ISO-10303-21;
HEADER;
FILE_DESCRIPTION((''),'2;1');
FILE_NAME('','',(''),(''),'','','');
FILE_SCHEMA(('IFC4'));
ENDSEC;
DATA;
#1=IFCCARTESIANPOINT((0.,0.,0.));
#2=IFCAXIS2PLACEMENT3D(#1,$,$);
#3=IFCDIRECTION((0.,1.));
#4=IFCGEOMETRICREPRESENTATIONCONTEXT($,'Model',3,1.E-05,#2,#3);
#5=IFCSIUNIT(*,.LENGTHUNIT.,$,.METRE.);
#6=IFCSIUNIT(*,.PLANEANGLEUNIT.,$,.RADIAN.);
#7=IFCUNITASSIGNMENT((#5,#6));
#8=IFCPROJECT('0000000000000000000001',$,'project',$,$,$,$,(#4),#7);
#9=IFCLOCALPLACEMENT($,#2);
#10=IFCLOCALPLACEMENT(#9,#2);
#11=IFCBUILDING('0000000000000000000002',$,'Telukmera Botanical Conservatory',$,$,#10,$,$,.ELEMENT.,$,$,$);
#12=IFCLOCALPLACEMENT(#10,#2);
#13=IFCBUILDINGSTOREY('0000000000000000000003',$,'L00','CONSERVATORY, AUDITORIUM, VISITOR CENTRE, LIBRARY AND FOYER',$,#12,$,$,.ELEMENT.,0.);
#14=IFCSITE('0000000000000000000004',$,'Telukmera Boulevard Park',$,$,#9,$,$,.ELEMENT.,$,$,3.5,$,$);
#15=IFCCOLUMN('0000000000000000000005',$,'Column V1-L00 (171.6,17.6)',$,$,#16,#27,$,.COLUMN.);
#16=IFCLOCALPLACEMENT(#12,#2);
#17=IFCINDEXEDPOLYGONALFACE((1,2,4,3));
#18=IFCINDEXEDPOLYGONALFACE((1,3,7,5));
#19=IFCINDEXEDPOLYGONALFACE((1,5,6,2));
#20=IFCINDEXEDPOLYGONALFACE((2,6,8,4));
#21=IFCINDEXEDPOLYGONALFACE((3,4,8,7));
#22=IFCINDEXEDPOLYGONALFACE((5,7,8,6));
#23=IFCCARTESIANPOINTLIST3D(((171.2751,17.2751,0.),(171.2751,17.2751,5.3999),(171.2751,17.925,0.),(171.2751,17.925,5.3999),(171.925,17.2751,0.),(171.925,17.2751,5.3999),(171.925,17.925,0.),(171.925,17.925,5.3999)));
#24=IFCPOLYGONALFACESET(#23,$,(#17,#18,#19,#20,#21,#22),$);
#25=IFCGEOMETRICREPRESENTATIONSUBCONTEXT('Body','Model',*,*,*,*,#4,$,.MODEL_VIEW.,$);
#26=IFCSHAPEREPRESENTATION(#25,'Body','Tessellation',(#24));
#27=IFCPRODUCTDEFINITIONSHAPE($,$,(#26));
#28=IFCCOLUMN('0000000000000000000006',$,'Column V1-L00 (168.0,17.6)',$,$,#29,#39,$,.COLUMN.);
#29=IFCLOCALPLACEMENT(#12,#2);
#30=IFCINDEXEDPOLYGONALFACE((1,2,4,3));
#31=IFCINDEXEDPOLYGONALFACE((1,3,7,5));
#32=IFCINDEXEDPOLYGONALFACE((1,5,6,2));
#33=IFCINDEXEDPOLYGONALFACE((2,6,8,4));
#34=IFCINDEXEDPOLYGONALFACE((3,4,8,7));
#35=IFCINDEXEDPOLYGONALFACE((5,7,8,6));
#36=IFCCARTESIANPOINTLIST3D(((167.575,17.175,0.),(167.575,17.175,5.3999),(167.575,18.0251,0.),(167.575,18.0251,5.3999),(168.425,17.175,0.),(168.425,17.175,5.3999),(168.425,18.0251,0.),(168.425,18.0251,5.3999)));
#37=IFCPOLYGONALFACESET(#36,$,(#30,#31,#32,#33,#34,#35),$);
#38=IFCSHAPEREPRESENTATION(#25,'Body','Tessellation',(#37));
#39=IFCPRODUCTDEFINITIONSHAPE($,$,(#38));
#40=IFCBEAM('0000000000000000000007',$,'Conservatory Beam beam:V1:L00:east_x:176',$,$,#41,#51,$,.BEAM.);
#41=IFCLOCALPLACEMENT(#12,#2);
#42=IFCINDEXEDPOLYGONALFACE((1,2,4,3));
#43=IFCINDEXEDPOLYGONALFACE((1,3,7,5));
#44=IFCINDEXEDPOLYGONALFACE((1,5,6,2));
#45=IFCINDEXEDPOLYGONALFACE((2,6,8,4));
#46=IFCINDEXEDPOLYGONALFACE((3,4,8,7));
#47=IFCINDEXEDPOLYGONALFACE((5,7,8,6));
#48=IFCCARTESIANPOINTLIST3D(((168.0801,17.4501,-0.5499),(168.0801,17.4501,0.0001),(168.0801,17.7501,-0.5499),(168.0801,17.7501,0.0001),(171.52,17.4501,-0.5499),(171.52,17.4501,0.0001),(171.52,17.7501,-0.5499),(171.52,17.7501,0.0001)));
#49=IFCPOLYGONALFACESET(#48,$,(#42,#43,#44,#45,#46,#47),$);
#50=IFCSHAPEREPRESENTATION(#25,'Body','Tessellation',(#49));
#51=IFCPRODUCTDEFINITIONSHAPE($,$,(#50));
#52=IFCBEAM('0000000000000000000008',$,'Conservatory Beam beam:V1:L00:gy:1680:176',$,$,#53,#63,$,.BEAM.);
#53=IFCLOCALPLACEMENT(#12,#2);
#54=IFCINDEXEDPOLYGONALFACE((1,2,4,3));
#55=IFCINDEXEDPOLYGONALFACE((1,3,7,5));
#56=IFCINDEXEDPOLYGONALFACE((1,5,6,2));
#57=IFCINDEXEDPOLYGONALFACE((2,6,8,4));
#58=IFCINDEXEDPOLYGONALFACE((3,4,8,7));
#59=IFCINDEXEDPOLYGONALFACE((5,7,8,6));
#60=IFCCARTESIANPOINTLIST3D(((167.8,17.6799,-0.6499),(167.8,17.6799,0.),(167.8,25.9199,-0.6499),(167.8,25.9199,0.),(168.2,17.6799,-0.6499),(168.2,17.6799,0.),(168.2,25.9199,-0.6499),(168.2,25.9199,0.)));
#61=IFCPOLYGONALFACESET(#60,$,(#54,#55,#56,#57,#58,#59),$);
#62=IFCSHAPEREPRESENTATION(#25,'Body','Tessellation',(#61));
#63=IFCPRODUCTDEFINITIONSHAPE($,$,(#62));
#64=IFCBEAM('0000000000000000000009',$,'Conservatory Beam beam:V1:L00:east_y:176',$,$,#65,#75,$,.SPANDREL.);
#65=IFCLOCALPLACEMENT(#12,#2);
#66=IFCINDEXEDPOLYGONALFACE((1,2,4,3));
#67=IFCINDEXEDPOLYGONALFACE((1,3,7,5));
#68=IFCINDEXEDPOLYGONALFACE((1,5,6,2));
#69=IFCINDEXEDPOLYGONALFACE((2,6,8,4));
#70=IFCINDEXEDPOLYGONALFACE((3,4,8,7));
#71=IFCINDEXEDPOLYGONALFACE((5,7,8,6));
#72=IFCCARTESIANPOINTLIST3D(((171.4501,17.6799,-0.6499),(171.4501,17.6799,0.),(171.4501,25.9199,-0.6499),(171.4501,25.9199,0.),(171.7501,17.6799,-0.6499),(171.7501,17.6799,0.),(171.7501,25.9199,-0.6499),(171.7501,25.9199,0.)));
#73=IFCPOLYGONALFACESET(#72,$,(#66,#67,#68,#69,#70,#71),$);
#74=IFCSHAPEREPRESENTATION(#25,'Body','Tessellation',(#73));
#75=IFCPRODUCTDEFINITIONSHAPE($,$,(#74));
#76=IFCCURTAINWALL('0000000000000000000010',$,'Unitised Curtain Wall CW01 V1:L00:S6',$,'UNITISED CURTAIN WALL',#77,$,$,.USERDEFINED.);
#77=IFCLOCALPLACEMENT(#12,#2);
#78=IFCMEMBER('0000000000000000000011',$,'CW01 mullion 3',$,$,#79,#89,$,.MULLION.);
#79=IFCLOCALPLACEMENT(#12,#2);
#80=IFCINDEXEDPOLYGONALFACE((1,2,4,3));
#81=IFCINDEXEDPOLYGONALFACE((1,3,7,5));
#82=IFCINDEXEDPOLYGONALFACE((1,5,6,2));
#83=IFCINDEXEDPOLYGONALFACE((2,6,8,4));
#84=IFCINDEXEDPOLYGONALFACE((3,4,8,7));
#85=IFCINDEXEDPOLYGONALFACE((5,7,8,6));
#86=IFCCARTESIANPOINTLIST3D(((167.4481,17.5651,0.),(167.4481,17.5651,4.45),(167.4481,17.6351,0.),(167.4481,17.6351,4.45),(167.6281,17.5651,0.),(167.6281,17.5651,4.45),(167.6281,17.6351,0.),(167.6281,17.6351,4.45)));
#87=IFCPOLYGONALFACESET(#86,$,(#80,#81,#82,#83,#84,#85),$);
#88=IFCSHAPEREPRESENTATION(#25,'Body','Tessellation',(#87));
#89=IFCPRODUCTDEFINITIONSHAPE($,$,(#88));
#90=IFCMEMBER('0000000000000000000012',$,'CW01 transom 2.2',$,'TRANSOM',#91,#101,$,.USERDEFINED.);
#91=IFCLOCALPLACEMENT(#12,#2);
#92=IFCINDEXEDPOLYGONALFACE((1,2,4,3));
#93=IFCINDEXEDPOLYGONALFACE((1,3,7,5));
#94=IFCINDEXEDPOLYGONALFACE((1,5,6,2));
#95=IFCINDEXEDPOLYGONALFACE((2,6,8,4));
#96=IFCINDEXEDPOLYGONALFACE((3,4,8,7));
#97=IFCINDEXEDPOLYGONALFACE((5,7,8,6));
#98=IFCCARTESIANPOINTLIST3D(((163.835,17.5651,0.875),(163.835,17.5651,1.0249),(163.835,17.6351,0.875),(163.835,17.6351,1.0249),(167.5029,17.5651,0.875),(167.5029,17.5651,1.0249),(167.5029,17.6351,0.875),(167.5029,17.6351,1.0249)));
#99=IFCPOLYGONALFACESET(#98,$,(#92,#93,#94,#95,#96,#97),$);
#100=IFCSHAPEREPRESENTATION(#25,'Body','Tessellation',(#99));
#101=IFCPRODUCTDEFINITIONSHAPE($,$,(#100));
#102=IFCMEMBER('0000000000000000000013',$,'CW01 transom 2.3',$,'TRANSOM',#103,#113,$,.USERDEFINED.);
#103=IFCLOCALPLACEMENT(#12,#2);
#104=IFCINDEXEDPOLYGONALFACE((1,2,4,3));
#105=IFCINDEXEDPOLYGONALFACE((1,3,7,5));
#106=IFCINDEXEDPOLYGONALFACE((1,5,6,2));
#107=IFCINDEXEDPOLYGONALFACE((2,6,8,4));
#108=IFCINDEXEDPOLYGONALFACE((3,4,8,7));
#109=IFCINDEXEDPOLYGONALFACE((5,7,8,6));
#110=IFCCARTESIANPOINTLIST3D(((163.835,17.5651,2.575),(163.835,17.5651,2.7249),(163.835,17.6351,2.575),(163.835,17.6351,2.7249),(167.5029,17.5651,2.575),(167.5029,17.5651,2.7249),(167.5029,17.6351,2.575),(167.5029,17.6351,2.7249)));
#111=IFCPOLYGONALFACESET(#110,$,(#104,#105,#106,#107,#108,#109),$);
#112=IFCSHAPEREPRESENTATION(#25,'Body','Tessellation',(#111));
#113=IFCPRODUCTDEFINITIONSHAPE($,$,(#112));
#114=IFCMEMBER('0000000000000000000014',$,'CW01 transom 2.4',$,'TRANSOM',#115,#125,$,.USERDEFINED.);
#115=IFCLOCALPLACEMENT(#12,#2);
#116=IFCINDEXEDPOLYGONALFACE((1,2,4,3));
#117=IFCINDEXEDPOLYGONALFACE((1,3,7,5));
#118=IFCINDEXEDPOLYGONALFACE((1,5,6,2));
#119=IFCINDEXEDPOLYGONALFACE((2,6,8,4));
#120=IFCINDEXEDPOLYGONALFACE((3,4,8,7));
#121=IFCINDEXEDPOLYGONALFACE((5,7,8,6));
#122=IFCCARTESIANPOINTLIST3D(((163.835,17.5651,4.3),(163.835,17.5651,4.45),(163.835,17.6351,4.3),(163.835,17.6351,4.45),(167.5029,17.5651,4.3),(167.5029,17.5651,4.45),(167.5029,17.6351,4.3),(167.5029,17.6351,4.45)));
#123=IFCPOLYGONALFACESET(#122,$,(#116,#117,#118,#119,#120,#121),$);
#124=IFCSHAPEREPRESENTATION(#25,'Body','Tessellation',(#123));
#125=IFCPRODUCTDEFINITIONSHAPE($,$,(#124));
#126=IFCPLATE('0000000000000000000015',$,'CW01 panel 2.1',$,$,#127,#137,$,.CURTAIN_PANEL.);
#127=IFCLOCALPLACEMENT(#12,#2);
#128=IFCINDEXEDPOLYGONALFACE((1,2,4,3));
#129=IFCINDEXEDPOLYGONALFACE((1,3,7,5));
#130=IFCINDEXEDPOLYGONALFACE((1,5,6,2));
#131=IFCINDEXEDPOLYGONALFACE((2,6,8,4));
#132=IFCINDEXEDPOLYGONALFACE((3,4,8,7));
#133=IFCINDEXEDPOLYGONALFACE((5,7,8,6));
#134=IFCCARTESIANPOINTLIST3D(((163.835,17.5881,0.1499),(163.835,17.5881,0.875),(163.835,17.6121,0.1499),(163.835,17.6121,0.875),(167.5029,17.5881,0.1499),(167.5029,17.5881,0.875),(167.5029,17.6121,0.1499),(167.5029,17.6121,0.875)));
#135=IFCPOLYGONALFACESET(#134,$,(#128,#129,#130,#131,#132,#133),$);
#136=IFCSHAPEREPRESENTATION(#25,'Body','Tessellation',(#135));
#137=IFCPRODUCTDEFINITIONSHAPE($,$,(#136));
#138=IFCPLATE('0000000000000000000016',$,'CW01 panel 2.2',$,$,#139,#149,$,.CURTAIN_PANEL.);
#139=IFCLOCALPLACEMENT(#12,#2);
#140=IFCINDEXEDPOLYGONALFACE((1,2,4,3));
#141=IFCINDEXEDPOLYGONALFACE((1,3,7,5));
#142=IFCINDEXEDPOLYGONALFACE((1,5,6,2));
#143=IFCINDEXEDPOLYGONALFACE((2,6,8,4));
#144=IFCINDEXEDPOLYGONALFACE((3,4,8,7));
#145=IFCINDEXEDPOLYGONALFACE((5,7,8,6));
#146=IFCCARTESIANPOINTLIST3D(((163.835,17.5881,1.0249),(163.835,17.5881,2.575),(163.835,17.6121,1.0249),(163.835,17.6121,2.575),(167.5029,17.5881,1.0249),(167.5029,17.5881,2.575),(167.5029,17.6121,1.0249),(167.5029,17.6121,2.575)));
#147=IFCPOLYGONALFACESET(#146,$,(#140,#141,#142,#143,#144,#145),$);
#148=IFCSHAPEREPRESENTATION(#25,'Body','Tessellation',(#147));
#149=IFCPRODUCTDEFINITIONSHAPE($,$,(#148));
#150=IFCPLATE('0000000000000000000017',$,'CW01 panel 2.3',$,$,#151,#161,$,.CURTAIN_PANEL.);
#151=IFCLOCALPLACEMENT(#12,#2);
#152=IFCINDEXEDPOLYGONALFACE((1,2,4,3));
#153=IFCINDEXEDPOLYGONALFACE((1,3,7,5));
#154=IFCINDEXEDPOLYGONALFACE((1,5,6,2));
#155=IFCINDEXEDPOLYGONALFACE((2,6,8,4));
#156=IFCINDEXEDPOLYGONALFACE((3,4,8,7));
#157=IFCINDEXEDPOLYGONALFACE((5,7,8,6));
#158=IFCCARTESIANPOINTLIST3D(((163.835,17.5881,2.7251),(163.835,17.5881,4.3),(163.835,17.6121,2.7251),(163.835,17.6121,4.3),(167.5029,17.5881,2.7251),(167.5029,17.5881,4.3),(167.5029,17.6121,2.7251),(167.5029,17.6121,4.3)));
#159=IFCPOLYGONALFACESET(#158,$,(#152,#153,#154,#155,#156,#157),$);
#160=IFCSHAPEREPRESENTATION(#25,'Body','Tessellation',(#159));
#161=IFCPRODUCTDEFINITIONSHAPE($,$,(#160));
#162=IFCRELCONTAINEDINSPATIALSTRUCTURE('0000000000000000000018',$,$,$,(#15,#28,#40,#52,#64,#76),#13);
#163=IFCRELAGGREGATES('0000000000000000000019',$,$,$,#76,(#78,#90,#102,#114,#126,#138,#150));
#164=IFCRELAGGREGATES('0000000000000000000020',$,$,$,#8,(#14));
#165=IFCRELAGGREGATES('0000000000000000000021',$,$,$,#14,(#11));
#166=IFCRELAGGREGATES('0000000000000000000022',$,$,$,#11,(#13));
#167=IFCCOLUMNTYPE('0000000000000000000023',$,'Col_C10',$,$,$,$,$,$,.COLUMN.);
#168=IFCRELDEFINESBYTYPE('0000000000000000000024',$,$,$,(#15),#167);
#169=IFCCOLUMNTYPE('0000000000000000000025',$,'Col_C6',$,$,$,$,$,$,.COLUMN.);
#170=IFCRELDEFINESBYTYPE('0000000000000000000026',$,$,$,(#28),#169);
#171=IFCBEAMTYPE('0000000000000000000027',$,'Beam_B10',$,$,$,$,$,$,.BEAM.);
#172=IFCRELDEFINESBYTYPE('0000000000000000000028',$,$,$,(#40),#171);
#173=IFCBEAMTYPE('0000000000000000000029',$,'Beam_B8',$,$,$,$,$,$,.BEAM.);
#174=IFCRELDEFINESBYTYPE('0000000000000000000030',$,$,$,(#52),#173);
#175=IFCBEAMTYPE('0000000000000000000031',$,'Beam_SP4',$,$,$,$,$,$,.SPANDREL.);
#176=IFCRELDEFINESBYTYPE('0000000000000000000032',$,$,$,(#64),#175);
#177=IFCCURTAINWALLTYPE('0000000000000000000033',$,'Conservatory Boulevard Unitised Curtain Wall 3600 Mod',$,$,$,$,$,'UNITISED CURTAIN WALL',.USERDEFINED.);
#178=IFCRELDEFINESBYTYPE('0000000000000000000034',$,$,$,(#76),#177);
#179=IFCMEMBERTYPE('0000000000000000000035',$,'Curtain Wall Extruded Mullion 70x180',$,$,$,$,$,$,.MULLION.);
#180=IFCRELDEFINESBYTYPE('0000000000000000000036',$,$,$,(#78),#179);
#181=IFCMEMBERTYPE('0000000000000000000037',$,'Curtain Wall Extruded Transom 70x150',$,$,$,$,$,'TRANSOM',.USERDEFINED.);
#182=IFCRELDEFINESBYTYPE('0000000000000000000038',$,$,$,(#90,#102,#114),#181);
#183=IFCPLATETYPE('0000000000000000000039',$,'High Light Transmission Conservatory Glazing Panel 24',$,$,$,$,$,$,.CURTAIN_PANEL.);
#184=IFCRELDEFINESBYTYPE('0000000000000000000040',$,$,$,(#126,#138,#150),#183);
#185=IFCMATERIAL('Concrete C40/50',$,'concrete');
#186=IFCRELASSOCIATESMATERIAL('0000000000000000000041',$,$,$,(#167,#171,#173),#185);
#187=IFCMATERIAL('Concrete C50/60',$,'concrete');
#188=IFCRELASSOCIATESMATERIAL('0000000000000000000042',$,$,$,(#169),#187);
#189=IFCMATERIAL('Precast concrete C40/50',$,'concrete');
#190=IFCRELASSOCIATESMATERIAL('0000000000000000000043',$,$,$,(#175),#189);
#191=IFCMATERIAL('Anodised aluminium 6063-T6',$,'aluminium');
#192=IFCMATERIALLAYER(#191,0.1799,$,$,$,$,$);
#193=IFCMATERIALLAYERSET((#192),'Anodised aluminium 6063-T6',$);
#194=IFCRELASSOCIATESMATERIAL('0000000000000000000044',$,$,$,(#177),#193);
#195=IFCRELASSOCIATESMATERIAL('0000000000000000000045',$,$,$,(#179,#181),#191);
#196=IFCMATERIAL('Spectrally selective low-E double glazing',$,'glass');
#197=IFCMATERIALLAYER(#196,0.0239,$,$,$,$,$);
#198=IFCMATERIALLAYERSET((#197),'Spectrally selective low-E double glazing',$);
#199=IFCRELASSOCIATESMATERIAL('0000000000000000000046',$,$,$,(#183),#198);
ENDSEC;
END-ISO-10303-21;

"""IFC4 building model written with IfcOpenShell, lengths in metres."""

from ifc_helpers import new_model, si_unit, direction, frame, origin, origin_2d, place, context, subcontext, project, spatial, rectangle, extrude, material, layer, layer_set, material_profile, profile_set, type_object, element, aggregate, save


model = new_model("IFC4")

# Units and contexts
model_context = context("Model", 3, precision=1e-05, world=origin(), true_north=direction((0.0, 1.0)))
body_context = subcontext(model_context, "Body", "Model", "MODEL_VIEW")
ifc_project = project(units=[si_unit("LENGTHUNIT", "METRE"), si_unit("PLANEANGLEUNIT", "RADIAN")], contexts=[model_context])

# Site, building, storey
site_placement = place(None, origin())
site = spatial("IfcSite", under=ifc_project, at=site_placement, Name="Telukmera Boulevard Park", CompositionType="ELEMENT", RefElevation=3.5)
building_placement = place(site_placement, origin())
building = spatial("IfcBuilding", under=site, at=building_placement, Name="Telukmera Botanical Conservatory", CompositionType="ELEMENT")
storey_placement = place(building_placement, origin())
storey = spatial("IfcBuildingStorey", under=building, at=storey_placement, Name="L00", Description="CONSERVATORY, AUDITORIUM, VISITOR CENTRE, LIBRARY AND FOYER", CompositionType="ELEMENT", Elevation=0.0)

# Columns
ifc_material_1 = material(Name="Concrete C40/50", Category="concrete")
ifc_material_profile_1 = material_profile(ifc_material_1, rectangle(XDim=0.6499, YDim=0.6499, at=origin_2d()), Name="RC 650x650")
ifc_profile_set_1 = profile_set([ifc_material_profile_1], Name="Concrete C40/50")
column_type_1 = type_object("IfcColumnType", Name="Col_C10", PredefinedType="COLUMN", material=ifc_profile_set_1)
column_1_placement = place(storey_placement, frame((171.6001, 17.6001, 0.0), z_axis=(0.0, 0.0, 1.0), x_axis=(1.0, 0.0, 0.0)))
element("IfcColumn", 1, at=column_1_placement, inside=storey, type_object=column_type_1, Name="Column V1-L00 (171.6,17.6)", PredefinedType="COLUMN", context=body_context, shape_type="SweptSolid", body=[
    extrude(rectangle(XDim=0.6499, YDim=0.6499, at=origin_2d()), origin(), (0.0, 0.0, 1.0), 5.3999),
])
ifc_material_2 = material(Name="Concrete C50/60", Category="concrete")
ifc_material_profile_2 = material_profile(ifc_material_2, rectangle(XDim=0.8501, YDim=0.8501, at=origin_2d()), Name="RC 850x850")
ifc_profile_set_2 = profile_set([ifc_material_profile_2], Name="Concrete C50/60")
column_type_2 = type_object("IfcColumnType", Name="Col_C6", PredefinedType="COLUMN", material=ifc_profile_set_2)
column_2_placement = place(storey_placement, frame((168.0, 17.6001, 0.0), z_axis=(0.0, 0.0, 1.0), x_axis=(1.0, 0.0, 0.0)))
element("IfcColumn", 2, at=column_2_placement, inside=storey, type_object=column_type_2, Name="Column V1-L00 (168.0,17.6)", PredefinedType="COLUMN", context=body_context, shape_type="SweptSolid", body=[
    extrude(rectangle(XDim=0.8501, YDim=0.8501, at=origin_2d()), origin(), (0.0, 0.0, 1.0), 5.3999),
])

# Beams
ifc_material_profile_3 = material_profile(ifc_material_1, rectangle(XDim=0.3, YDim=0.55, at=origin_2d()), Name="RC 300x550")
ifc_profile_set_3 = profile_set([ifc_material_profile_3], Name="Concrete C40/50")
beam_type_1 = type_object("IfcBeamType", Name="Beam_B10", PredefinedType="BEAM", material=ifc_profile_set_3)
beam_1_placement = place(storey_placement, frame((168.0801, 17.6001, -0.2749), z_axis=(1.0, 0.0, 0.0), x_axis=(0.0, 1.0, 0.0)))
element("IfcBeam", 3, at=beam_1_placement, inside=storey, type_object=beam_type_1, Name="Conservatory Beam beam:V1:L00:east_x:176", PredefinedType="BEAM", context=body_context, shape_type="SweptSolid", body=[
    extrude(rectangle(XDim=0.3, YDim=0.55, at=origin_2d()), origin(), (0.0, 0.0, 1.0), 3.4399),
])
ifc_material_profile_4 = material_profile(ifc_material_1, rectangle(XDim=0.3999, YDim=0.6499, at=origin_2d()), Name="RC 400x650")
ifc_profile_set_4 = profile_set([ifc_material_profile_4], Name="Concrete C40/50")
beam_type_2 = type_object("IfcBeamType", Name="Beam_B8", PredefinedType="BEAM", material=ifc_profile_set_4)
beam_2_placement = place(storey_placement, frame((168.0, 17.6799, -0.325), z_axis=(0.0, 1.0, 0.0), x_axis=(-1.0, 0.0, 0.0)))
element("IfcBeam", 4, at=beam_2_placement, inside=storey, type_object=beam_type_2, Name="Conservatory Beam beam:V1:L00:gy:1680:176", PredefinedType="BEAM", context=body_context, shape_type="SweptSolid", body=[
    extrude(rectangle(XDim=0.3999, YDim=0.6499, at=origin_2d()), origin(), (0.0, 0.0, 1.0), 8.24),
])
ifc_material_3 = material(Name="Precast concrete C40/50", Category="concrete")
ifc_material_profile_5 = material_profile(ifc_material_3, rectangle(XDim=0.3, YDim=0.6499, at=origin_2d()), Name="PC 300x650")
ifc_profile_set_5 = profile_set([ifc_material_profile_5], Name="Precast concrete C40/50")
beam_type_3 = type_object("IfcBeamType", Name="Beam_SP4", PredefinedType="SPANDREL", material=ifc_profile_set_5)
beam_3_placement = place(storey_placement, frame((171.6001, 17.6799, -0.325), z_axis=(0.0, 1.0, 0.0), x_axis=(-1.0, 0.0, 0.0)))
element("IfcBeam", 5, at=beam_3_placement, inside=storey, type_object=beam_type_3, Name="Conservatory Beam beam:V1:L00:east_y:176", PredefinedType="SPANDREL", context=body_context, shape_type="SweptSolid", body=[
    extrude(rectangle(XDim=0.3, YDim=0.6499, at=origin_2d()), origin(), (0.0, 0.0, 1.0), 8.24),
])

# Curtain wall, members, plates
ifc_material_4 = material(Name="Anodised aluminium 6063-T6", Category="aluminium")
ifc_layer_1 = layer(ifc_material_4, 0.1799)
ifc_layer_set_1 = layer_set([ifc_layer_1], Name="Anodised aluminium 6063-T6")
curtain_wall_type = type_object("IfcCurtainWallType", Name="Conservatory Boulevard Unitised Curtain Wall 3600 Mod", ElementType="UNITISED CURTAIN WALL", PredefinedType="USERDEFINED", material=ifc_layer_set_1)
curtain_wall_placement = place(storey_placement, origin())
curtain_wall = element("IfcCurtainWall", 6, at=curtain_wall_placement, inside=storey, type_object=curtain_wall_type, Name="Unitised Curtain Wall CW01 V1:L00:S6", ObjectType="UNITISED CURTAIN WALL", PredefinedType="USERDEFINED")
ifc_material_profile_6 = material_profile(ifc_material_4, rectangle(XDim=0.0701, YDim=0.1799, at=origin_2d()), Name="ALU MULL 70x180")
ifc_profile_set_6 = profile_set([ifc_material_profile_6], Name="Anodised aluminium 6063-T6")
member_type_1 = type_object("IfcMemberType", Name="Curtain Wall Extruded Mullion 70x180", PredefinedType="MULLION", material=ifc_profile_set_6)
member_1_placement = place(storey_placement, frame((167.5381, 17.6001, 0.0), z_axis=(0.0, 0.0, 1.0), x_axis=(0.0, 1.0, 0.0)))
member_1 = element("IfcMember", 7, at=member_1_placement, type_object=member_type_1, Name="CW01 mullion 3", PredefinedType="MULLION", context=body_context, shape_type="SweptSolid", body=[
    extrude(rectangle(XDim=0.0701, YDim=0.1799, at=origin_2d()), origin(), (0.0, 0.0, 1.0), 4.45),
])
ifc_material_profile_7 = material_profile(ifc_material_4, rectangle(XDim=0.0701, YDim=0.1499, at=origin_2d()), Name="ALU TRAN 70x150")
ifc_profile_set_7 = profile_set([ifc_material_profile_7], Name="Anodised aluminium 6063-T6")
member_type_2 = type_object("IfcMemberType", Name="Curtain Wall Extruded Transom 70x150", ElementType="TRANSOM", PredefinedType="USERDEFINED", material=ifc_profile_set_7)
member_2_placement = place(storey_placement, frame((163.835, 17.6001, 0.95), z_axis=(1.0, 0.0, 0.0), x_axis=(0.0, 1.0, 0.0)))
member_2 = element("IfcMember", 8, at=member_2_placement, type_object=member_type_2, Name="CW01 transom 2.2", ObjectType="TRANSOM", PredefinedType="USERDEFINED", context=body_context, shape_type="SweptSolid", body=[
    extrude(rectangle(XDim=0.0701, YDim=0.1499, at=origin_2d()), origin(), (0.0, 0.0, 1.0), 3.668),
])
member_3_placement = place(storey_placement, frame((163.835, 17.6001, 2.6499), z_axis=(1.0, 0.0, 0.0), x_axis=(0.0, 1.0, 0.0)))
member_3 = element("IfcMember", 9, at=member_3_placement, type_object=member_type_2, Name="CW01 transom 2.3", ObjectType="TRANSOM", PredefinedType="USERDEFINED", context=body_context, shape_type="SweptSolid", body=[
    extrude(rectangle(XDim=0.0701, YDim=0.1499, at=origin_2d()), origin(), (0.0, 0.0, 1.0), 3.668),
])
member_4_placement = place(storey_placement, frame((163.835, 17.6001, 4.375), z_axis=(1.0, 0.0, 0.0), x_axis=(0.0, 1.0, 0.0)))
member_4 = element("IfcMember", 10, at=member_4_placement, type_object=member_type_2, Name="CW01 transom 2.4", ObjectType="TRANSOM", PredefinedType="USERDEFINED", context=body_context, shape_type="SweptSolid", body=[
    extrude(rectangle(XDim=0.0701, YDim=0.1499, at=origin_2d()), origin(), (0.0, 0.0, 1.0), 3.668),
])
ifc_material_5 = material(Name="Spectrally selective low-E double glazing", Category="glass")
ifc_layer_2 = layer(ifc_material_5, 0.0239)
ifc_layer_set_2 = layer_set([ifc_layer_2], Name="Spectrally selective low-E double glazing")
plate_type = type_object("IfcPlateType", Name="High Light Transmission Conservatory Glazing Panel 24", PredefinedType="CURTAIN_PANEL", material=ifc_layer_set_2)
plate_1_placement = place(storey_placement, frame((165.6689, 17.6001, 0.1499), z_axis=(0.0, 0.0, 1.0), x_axis=(1.0, 0.0, 0.0)))
plate_1 = element("IfcPlate", 11, at=plate_1_placement, type_object=plate_type, Name="CW01 panel 2.1", PredefinedType="CURTAIN_PANEL", context=body_context, shape_type="SweptSolid", body=[
    extrude(rectangle(XDim=3.668, YDim=0.0239, at=origin_2d()), origin(), (0.0, 0.0, 1.0), 0.7251),
])
plate_2_placement = place(storey_placement, frame((165.6689, 17.6001, 1.0249), z_axis=(0.0, 0.0, 1.0), x_axis=(1.0, 0.0, 0.0)))
plate_2 = element("IfcPlate", 12, at=plate_2_placement, type_object=plate_type, Name="CW01 panel 2.2", PredefinedType="CURTAIN_PANEL", context=body_context, shape_type="SweptSolid", body=[
    extrude(rectangle(XDim=3.668, YDim=0.0239, at=origin_2d()), origin(), (0.0, 0.0, 1.0), 1.55),
])
plate_3_placement = place(storey_placement, frame((165.6689, 17.6001, 2.7251), z_axis=(0.0, 0.0, 1.0), x_axis=(1.0, 0.0, 0.0)))
plate_3 = element("IfcPlate", 13, at=plate_3_placement, type_object=plate_type, Name="CW01 panel 2.3", PredefinedType="CURTAIN_PANEL", context=body_context, shape_type="SweptSolid", body=[
    extrude(rectangle(XDim=3.668, YDim=0.0239, at=origin_2d()), origin(), (0.0, 0.0, 1.0), 1.575),
])
aggregate(curtain_wall, [member_1, member_2, member_3, member_4, plate_1, plate_2, plate_3])

save(model, "model.ifc")
